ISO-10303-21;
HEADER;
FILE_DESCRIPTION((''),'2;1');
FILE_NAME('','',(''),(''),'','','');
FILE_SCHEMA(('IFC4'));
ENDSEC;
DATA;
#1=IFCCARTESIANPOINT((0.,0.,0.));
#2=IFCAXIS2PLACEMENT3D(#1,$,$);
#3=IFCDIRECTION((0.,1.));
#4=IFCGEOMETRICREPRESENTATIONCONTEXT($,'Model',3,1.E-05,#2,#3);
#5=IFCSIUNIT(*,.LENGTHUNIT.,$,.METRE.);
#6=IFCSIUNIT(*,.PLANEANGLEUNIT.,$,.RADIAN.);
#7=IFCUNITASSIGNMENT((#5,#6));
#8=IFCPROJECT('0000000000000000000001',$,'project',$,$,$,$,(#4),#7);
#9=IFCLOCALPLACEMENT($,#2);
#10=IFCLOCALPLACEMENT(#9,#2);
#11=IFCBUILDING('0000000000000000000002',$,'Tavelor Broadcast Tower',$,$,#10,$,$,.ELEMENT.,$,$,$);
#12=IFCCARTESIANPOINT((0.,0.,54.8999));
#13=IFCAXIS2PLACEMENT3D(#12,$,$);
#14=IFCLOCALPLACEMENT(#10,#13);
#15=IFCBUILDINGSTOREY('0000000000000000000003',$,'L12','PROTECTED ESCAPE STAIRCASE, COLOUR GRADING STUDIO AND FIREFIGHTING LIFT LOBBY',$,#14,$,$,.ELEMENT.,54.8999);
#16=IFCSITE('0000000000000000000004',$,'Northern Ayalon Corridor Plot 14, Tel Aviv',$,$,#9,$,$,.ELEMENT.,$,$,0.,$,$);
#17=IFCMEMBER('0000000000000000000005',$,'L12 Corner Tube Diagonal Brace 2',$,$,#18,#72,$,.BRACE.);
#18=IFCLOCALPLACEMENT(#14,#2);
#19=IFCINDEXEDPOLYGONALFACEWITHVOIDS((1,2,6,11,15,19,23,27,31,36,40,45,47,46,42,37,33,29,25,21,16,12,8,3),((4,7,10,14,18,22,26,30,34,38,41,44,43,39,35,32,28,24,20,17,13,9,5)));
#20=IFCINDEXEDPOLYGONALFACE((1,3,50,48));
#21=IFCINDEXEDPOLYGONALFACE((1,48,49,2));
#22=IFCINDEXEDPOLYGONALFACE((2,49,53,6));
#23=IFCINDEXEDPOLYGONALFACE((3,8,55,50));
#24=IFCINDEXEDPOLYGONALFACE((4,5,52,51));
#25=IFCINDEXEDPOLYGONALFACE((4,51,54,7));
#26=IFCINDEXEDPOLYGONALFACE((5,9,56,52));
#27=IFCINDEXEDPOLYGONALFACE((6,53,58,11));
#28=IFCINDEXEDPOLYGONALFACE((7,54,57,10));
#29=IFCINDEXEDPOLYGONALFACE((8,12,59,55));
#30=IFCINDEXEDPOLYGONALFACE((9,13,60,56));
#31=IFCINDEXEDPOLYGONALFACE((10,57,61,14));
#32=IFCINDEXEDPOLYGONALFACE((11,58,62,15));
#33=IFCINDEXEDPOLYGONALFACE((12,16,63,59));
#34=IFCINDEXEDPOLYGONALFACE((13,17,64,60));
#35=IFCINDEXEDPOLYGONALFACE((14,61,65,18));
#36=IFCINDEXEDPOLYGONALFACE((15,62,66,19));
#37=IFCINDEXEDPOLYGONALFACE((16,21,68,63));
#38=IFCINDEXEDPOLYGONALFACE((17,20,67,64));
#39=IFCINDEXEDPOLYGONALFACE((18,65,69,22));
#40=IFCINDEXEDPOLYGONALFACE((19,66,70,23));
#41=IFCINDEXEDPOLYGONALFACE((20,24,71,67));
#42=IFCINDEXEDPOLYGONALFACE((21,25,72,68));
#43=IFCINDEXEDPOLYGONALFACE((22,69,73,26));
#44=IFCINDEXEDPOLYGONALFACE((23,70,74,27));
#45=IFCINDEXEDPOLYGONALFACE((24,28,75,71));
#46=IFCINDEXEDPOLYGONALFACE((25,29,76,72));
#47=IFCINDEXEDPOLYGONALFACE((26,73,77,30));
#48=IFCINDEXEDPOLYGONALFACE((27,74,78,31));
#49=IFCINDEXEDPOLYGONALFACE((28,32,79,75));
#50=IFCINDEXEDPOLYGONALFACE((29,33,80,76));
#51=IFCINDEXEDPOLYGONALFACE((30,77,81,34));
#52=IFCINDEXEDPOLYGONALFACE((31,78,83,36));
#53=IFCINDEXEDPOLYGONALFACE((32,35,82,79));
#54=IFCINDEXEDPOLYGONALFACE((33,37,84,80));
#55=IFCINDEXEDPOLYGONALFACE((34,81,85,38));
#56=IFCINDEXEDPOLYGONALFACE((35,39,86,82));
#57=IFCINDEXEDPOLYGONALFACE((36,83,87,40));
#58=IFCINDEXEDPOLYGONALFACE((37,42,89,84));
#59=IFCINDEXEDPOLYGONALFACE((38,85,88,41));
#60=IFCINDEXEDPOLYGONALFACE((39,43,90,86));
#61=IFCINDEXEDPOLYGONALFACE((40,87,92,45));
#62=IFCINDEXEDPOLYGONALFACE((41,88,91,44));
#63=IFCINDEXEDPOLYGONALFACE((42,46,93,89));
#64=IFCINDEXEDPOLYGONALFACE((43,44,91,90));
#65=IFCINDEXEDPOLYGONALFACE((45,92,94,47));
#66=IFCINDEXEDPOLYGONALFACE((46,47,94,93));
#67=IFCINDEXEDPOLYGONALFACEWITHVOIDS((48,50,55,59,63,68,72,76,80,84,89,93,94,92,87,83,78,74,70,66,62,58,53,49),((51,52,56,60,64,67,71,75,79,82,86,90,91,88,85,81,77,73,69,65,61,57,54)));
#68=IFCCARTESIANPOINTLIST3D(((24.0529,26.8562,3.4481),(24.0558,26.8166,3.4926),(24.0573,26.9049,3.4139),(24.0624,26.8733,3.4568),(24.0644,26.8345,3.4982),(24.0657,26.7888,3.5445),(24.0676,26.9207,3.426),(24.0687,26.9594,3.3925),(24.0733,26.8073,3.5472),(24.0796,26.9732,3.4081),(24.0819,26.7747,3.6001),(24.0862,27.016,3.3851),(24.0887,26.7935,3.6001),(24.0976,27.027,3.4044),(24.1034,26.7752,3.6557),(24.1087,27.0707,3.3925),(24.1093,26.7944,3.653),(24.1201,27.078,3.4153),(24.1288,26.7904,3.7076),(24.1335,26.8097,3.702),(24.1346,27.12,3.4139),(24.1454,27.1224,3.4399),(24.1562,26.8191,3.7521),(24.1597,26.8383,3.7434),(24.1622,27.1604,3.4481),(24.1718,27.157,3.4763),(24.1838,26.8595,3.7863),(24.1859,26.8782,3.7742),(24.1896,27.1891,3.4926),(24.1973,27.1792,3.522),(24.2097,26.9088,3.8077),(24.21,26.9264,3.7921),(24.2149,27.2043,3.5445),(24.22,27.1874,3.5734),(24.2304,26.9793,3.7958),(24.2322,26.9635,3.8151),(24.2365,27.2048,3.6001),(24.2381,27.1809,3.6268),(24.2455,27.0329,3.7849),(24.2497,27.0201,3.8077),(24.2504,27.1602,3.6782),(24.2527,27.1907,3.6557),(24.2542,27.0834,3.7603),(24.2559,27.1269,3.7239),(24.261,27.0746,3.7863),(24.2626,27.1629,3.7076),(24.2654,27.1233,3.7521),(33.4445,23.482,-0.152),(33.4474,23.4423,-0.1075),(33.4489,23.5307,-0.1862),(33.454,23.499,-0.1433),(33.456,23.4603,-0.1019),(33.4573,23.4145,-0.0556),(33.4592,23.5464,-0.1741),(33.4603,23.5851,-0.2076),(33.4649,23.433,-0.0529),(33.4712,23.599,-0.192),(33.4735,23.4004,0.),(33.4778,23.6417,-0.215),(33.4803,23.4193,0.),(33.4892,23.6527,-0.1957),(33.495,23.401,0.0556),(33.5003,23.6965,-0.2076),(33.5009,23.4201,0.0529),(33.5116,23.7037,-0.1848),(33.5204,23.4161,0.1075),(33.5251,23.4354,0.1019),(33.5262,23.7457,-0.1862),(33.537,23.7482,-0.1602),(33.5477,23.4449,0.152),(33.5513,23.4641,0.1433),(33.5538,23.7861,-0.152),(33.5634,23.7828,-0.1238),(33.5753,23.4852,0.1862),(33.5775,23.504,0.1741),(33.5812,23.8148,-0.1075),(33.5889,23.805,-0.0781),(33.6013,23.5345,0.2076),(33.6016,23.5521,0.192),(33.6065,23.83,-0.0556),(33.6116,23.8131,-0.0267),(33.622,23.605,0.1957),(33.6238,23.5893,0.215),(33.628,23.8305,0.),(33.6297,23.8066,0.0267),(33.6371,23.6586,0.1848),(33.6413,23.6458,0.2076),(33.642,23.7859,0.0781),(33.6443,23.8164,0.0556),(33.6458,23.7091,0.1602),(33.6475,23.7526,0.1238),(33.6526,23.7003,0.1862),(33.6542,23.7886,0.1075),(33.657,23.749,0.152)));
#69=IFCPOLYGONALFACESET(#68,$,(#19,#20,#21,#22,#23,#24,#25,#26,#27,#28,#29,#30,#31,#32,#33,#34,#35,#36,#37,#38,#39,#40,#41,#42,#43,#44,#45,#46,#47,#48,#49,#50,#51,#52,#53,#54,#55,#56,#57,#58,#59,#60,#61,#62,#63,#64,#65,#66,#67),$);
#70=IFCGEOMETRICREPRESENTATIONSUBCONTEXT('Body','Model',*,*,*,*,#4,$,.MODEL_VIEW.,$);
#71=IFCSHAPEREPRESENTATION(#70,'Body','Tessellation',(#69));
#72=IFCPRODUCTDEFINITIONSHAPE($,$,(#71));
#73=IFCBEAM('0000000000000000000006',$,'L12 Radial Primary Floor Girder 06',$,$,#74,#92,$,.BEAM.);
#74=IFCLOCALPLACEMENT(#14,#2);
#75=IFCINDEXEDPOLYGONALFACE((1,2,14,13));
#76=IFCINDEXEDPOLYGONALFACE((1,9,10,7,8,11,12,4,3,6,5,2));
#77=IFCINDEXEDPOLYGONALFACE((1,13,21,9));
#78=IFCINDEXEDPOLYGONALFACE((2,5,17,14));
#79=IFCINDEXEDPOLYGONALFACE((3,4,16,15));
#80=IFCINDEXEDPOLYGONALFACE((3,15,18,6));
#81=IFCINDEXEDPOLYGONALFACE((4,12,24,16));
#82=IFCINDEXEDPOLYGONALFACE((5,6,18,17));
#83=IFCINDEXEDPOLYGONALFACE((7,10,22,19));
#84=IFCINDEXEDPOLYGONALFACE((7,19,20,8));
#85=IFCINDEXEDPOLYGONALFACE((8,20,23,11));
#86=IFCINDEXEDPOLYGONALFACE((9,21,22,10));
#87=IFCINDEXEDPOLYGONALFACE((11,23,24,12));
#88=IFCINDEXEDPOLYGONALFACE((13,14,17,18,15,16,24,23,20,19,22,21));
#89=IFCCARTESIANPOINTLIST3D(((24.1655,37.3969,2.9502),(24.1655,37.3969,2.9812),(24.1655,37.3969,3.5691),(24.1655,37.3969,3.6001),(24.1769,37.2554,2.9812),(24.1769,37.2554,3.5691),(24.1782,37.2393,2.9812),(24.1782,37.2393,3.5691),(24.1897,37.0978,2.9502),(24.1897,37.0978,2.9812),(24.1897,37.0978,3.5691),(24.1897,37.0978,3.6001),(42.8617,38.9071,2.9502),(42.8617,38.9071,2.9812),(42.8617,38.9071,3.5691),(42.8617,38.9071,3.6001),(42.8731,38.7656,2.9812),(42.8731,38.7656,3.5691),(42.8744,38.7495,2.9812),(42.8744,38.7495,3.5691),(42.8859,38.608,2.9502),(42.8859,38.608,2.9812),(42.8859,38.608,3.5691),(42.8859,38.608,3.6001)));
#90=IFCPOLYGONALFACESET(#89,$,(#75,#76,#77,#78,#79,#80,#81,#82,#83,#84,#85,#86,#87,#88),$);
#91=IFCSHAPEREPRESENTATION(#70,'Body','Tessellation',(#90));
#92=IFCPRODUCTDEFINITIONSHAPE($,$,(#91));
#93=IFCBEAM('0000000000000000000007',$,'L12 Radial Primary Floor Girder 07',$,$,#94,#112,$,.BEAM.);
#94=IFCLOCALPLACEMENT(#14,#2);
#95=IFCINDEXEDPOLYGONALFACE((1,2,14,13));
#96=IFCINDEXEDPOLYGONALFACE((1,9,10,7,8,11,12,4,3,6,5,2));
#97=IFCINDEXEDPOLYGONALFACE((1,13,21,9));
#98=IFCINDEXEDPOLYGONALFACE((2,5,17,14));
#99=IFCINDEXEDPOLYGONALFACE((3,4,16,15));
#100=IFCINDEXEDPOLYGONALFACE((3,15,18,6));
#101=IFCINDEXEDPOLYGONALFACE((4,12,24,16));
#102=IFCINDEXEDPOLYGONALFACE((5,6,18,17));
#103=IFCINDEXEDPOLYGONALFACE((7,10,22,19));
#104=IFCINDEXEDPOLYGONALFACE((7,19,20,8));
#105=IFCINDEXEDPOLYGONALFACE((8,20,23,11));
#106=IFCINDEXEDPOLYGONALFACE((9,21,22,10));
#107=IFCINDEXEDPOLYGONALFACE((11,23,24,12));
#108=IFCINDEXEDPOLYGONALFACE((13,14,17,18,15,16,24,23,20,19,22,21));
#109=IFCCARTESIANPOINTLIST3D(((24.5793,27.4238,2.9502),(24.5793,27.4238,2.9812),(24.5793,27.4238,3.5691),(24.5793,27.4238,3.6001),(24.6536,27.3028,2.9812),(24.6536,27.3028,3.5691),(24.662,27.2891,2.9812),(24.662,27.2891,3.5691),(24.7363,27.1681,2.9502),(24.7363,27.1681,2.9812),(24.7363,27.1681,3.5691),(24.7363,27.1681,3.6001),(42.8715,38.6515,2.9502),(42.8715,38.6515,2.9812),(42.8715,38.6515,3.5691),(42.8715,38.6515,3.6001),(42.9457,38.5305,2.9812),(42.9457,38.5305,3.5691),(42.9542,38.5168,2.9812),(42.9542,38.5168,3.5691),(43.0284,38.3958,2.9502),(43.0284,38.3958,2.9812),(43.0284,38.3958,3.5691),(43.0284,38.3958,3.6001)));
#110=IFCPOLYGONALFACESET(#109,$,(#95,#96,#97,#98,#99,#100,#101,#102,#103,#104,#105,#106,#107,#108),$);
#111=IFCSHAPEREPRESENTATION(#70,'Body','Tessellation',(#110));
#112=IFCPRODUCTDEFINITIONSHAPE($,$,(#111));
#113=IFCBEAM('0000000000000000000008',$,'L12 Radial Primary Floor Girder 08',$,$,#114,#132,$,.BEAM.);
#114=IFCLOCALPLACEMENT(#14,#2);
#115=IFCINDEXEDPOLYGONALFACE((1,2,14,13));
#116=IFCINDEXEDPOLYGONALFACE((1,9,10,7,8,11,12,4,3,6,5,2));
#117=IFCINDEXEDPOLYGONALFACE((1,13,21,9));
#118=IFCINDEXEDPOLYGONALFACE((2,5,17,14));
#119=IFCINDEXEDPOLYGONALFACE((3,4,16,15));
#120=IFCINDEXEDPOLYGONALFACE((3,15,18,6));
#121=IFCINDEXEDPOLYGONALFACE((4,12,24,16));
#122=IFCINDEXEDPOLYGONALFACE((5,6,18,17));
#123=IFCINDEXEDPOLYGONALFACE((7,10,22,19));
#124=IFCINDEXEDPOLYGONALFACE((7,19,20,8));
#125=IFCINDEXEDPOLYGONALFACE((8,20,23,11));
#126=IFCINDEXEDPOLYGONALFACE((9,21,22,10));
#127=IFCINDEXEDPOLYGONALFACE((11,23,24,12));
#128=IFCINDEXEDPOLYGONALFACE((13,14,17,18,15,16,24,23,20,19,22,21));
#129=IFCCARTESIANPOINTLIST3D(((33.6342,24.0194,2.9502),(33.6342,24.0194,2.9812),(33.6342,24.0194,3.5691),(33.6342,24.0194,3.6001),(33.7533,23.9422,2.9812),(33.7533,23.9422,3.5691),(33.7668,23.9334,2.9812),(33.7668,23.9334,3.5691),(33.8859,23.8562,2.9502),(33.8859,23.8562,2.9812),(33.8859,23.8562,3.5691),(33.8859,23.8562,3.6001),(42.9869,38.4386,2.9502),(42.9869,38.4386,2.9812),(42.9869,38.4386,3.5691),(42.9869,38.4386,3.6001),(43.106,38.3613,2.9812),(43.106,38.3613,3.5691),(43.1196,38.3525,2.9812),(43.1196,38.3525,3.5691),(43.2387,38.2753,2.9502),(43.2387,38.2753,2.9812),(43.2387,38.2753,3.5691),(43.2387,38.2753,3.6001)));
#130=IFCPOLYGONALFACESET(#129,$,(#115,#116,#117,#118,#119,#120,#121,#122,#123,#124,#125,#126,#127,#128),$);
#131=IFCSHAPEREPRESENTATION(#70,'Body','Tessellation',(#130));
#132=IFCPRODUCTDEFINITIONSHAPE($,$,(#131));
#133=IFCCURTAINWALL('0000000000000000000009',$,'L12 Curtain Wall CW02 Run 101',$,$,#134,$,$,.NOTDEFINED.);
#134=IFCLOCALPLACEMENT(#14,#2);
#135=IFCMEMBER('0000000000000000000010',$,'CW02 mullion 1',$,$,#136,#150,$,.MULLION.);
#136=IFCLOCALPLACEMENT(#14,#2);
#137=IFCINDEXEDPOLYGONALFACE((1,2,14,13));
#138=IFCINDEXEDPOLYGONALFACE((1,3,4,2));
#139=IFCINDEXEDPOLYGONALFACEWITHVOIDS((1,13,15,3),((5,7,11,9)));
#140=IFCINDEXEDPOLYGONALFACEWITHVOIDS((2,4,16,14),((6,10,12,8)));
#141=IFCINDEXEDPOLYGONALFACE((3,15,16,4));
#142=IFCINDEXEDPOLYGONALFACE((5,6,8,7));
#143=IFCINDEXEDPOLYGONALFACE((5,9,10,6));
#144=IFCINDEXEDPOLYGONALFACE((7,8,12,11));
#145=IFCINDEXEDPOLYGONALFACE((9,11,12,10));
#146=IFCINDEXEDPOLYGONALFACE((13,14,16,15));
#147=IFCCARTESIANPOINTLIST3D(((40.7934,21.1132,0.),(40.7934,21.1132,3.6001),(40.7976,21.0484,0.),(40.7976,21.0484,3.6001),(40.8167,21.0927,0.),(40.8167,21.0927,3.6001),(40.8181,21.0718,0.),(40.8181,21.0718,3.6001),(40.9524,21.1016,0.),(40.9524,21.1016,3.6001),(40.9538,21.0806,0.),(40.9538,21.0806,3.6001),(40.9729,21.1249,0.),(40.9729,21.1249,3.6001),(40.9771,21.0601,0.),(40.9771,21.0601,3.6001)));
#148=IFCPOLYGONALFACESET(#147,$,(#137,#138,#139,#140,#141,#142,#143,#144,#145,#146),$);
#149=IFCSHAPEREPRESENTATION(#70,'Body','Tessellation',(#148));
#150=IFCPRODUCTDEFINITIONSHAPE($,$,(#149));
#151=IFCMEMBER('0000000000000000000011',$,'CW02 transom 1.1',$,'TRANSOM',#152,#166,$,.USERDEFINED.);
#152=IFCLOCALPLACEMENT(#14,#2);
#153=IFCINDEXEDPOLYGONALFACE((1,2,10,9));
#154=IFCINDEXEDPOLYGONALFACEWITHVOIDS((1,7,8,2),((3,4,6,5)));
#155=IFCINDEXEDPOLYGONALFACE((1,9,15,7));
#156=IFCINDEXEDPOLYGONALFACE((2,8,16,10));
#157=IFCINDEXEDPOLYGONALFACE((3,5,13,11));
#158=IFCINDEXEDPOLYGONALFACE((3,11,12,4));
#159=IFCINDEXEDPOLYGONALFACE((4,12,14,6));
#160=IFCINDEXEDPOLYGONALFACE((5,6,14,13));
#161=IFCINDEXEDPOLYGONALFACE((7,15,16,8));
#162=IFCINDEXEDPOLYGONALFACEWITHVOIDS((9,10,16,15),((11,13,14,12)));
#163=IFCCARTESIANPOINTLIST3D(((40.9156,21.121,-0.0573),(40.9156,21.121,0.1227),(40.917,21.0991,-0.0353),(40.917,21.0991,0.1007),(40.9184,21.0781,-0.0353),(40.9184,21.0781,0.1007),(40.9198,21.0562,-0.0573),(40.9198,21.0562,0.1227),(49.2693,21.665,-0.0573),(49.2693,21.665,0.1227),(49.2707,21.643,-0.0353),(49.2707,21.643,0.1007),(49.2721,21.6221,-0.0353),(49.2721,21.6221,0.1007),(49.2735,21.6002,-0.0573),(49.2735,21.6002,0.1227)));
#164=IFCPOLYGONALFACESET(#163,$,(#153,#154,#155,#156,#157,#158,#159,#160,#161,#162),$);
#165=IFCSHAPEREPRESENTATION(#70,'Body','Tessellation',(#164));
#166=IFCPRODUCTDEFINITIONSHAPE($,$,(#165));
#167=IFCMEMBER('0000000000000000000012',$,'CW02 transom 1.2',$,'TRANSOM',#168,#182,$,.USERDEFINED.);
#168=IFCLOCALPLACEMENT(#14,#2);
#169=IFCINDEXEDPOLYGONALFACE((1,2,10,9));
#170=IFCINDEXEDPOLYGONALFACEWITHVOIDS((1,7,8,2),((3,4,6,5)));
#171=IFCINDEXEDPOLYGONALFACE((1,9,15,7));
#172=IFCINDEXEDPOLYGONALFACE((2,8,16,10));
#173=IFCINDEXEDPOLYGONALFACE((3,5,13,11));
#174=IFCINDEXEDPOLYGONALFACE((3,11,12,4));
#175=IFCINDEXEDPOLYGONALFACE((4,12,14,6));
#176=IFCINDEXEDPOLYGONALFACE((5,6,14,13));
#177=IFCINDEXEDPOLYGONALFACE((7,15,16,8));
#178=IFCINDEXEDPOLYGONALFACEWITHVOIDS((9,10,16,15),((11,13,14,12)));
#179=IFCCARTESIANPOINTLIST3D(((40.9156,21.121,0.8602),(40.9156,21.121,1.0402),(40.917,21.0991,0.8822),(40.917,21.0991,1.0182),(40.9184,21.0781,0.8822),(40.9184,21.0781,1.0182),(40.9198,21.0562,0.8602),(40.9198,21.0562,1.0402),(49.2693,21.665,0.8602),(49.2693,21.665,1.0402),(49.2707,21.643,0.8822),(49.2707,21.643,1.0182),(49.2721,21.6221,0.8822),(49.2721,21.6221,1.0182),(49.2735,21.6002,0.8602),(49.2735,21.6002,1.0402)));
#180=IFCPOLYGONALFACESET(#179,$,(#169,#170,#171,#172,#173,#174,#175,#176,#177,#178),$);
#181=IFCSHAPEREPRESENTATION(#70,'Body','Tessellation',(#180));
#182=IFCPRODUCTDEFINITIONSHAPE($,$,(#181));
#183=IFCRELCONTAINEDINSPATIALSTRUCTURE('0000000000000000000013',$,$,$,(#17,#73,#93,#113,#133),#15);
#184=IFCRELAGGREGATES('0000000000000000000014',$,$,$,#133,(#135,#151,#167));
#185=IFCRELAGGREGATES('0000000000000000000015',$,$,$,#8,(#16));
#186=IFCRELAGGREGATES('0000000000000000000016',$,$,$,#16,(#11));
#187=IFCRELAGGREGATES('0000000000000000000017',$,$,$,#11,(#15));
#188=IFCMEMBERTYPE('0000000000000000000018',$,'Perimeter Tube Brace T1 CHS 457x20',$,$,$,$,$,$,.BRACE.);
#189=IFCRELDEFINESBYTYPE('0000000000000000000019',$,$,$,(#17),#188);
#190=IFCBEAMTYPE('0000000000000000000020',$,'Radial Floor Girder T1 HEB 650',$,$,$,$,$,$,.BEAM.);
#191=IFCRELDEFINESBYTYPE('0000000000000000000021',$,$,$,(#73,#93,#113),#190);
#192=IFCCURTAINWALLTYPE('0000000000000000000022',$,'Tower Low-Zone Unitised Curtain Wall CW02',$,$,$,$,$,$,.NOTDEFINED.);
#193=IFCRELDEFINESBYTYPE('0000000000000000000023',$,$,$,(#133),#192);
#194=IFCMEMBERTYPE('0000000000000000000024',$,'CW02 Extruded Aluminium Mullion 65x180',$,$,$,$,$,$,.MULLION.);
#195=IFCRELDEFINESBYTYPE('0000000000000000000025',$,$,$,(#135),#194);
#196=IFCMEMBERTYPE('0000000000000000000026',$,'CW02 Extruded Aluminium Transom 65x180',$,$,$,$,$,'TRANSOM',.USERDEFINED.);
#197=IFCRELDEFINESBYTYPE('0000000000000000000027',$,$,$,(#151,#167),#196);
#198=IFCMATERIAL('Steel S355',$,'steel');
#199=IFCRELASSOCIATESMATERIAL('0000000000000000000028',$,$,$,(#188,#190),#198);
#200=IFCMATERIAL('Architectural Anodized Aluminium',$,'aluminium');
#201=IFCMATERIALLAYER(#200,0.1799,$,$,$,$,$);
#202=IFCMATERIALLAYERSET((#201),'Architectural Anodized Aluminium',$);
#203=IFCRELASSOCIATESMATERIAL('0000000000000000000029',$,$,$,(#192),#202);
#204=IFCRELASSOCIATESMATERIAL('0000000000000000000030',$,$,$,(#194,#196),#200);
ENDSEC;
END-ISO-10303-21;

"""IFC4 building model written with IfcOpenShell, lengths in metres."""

from ifc_helpers import new_model, si_unit, direction, frame, origin, origin_2d, place, context, subcontext, project, spatial, hollow_rectangle, hollow_circle, i_section, extrude, source, transform, mapped, material, layer, layer_set, material_profile, profile_set, type_object, type_shapes, element, aggregate, save


model = new_model("IFC4")

# Units and contexts
model_context = context("Model", 3, precision=1e-05, world=origin(), true_north=direction((0.0, 1.0)))
body_context = subcontext(model_context, "Body", "Model", "MODEL_VIEW")
ifc_project = project(units=[si_unit("LENGTHUNIT", "METRE"), si_unit("PLANEANGLEUNIT", "RADIAN")], contexts=[model_context])

# Site, building, storey
site_placement = place(None, origin())
site = spatial("IfcSite", under=ifc_project, at=site_placement, Name="Northern Ayalon Corridor Plot 14, Tel Aviv", CompositionType="ELEMENT", RefElevation=0.0)
building_placement = place(site_placement, origin())
building = spatial("IfcBuilding", under=site, at=building_placement, Name="Tavelor Broadcast Tower", CompositionType="ELEMENT")
storey_placement = place(building_placement, frame((0.0, 0.0, 54.8999)))
storey = spatial("IfcBuildingStorey", under=building, at=storey_placement, Name="L12", Description="PROTECTED ESCAPE STAIRCASE, COLOUR GRADING STUDIO AND FIREFIGHTING LIFT LOBBY", CompositionType="ELEMENT", Elevation=54.8999)

# Shared definitions
ifc_material_1 = material(Name="Steel S355", Category="steel")

# Member
ifc_material_profile_1 = material_profile(ifc_material_1, hollow_circle(Radius=0.2285, WallThickness=0.02, at=origin_2d()), Name="CHS 457x20")
ifc_profile_set_1 = profile_set([ifc_material_profile_1], Name="Steel S355")
member_type_1 = type_object("IfcMemberType", Name="Perimeter Tube Brace T1 CHS 457x20", PredefinedType="BRACE", material=ifc_profile_set_1)
member_1_placement = place(storey_placement, frame((33.5508, 23.6155, 0.0), z_axis=(-0.885258, 0.31806, 0.339347), x_axis=(-0.338124, -0.941101, 0.0)))
element("IfcMember", 1, at=member_1_placement, inside=storey, type_object=member_type_1, Name="L12 Corner Tube Diagonal Brace 2", PredefinedType="BRACE", context=body_context, shape_type="SweptSolid", body=[
    extrude(hollow_circle(Radius=0.2285, WallThickness=0.02, at=origin_2d()), origin(), (0.0, 0.0, 1.0), 10.6089),
])

# Beams
ifc_material_profile_2 = material_profile(ifc_material_1, i_section(OverallWidth=0.3, OverallDepth=0.6499, WebThickness=0.0161, FlangeThickness=0.031, at=origin_2d()), Name="HEB 650")
ifc_profile_set_2 = profile_set([ifc_material_profile_2], Name="Steel S355")
beam_type_1 = type_object("IfcBeamType", Name="Radial Floor Girder T1 HEB 650", PredefinedType="BEAM", material=ifc_profile_set_2)
beam_1_placement = place(storey_placement, frame((42.8738, 38.7576, 3.2751), z_axis=(-0.996753, -0.080516, 0.0), x_axis=(0.080516, -0.996753, 0.0)))
element("IfcBeam", 2, at=beam_1_placement, inside=storey, type_object=beam_type_1, Name="L12 Radial Primary Floor Girder 06", PredefinedType="BEAM", context=body_context, shape_type="SweptSolid", body=[
    extrude(i_section(OverallWidth=0.3, OverallDepth=0.6499, WebThickness=0.0161, FlangeThickness=0.031, at=origin_2d()), origin(), (0.0, 0.0, 1.0), 18.7571),
])
beam_2_placement = place(storey_placement, frame((42.95, 38.5237, 3.2751), z_axis=(-0.85226, -0.523118, 0.0), x_axis=(0.523118, -0.85226, 0.0)))
element("IfcBeam", 3, at=beam_2_placement, inside=storey, type_object=beam_type_1, Name="L12 Radial Primary Floor Girder 07", PredefinedType="BEAM", context=body_context, shape_type="SweptSolid", body=[
    extrude(i_section(OverallWidth=0.3, OverallDepth=0.6499, WebThickness=0.0161, FlangeThickness=0.031, at=origin_2d()), origin(), (0.0, 0.0, 1.0), 21.4631),
])
beam_3_placement = place(storey_placement, frame((43.1128, 38.3569, 3.2751), z_axis=(-0.544183, -0.838967, 0.0), x_axis=(0.838967, -0.544183, 0.0)))
element("IfcBeam", 4, at=beam_3_placement, inside=storey, type_object=beam_type_1, Name="L12 Radial Primary Floor Girder 08", PredefinedType="BEAM", context=body_context, shape_type="SweptSolid", body=[
    extrude(i_section(OverallWidth=0.3, OverallDepth=0.6499, WebThickness=0.0161, FlangeThickness=0.031, at=origin_2d()), origin(), (0.0, 0.0, 1.0), 17.1868),
])

# Curtain wall, members
ifc_material_2 = material(Name="Architectural Anodized Aluminium", Category="aluminium")
ifc_layer_1 = layer(ifc_material_2, 0.1799)
ifc_layer_set_1 = layer_set([ifc_layer_1], Name="Architectural Anodized Aluminium")
curtain_wall_type = type_object("IfcCurtainWallType", Name="Tower Low-Zone Unitised Curtain Wall CW02", PredefinedType="NOTDEFINED", material=ifc_layer_set_1)
curtain_wall_placement = place(storey_placement, origin())
curtain_wall = element("IfcCurtainWall", 5, at=curtain_wall_placement, inside=storey, type_object=curtain_wall_type, Name="L12 Curtain Wall CW02 Run 101", PredefinedType="NOTDEFINED")
ifc_material_profile_3 = material_profile(ifc_material_2, hollow_rectangle(XDim=0.0649, YDim=0.1799, WallThickness=0.022, at=origin_2d()), Name="RHS 65x180x22")
ifc_profile_set_3 = profile_set([ifc_material_profile_3], Name="Architectural Anodized Aluminium")
member_type_2 = type_object("IfcMemberType", Name="CW02 Extruded Aluminium Mullion 65x180", PredefinedType="MULLION", material=ifc_profile_set_3)
shared_shape_1 = source(origin(), body_context, "Body", "SweptSolid", [
    extrude(hollow_rectangle(XDim=0.0649, YDim=0.1799, WallThickness=0.022, at=origin_2d()), origin(), (0.0, 0.0, 1.0), 3.6001),
])
type_shapes(member_type_2, [shared_shape_1])
member_2_placement = place(storey_placement, frame((40.8853, 21.0867, 0.0), z_axis=(0.0, 0.0, 1.0), x_axis=(-0.064965, 0.997888, 0.0)))
member_2 = element("IfcMember", 6, at=member_2_placement, type_object=member_type_2, Name="CW02 mullion 1", PredefinedType="MULLION", context=body_context, shape_type="MappedRepresentation", body=[
    mapped(shared_shape_1, transform((0.0, 0.0, 0.0), scale=1.0)),
])
ifc_material_profile_4 = material_profile(ifc_material_2, hollow_rectangle(XDim=0.0649, YDim=0.1799, WallThickness=0.022, at=origin_2d()), Name="RHS 65x180x22")
ifc_profile_set_4 = profile_set([ifc_material_profile_4], Name="Architectural Anodized Aluminium")
member_type_3 = type_object("IfcMemberType", Name="CW02 Extruded Aluminium Transom 65x180", ElementType="TRANSOM", PredefinedType="USERDEFINED", material=ifc_profile_set_4)
shared_shape_2 = source(origin(), body_context, "Body", "SweptSolid", [
    extrude(hollow_rectangle(XDim=0.0649, YDim=0.1799, WallThickness=0.022, at=origin_2d()), origin(), (0.0, 0.0, 1.0), 8.3713),
])
type_shapes(member_type_3, [shared_shape_2])
member_3_placement = place(storey_placement, frame((40.9177, 21.0886, 0.0327), z_axis=(0.997887, 0.064976, 0.0), x_axis=(-0.064976, 0.997887, 0.0)))
member_3 = element("IfcMember", 7, at=member_3_placement, type_object=member_type_3, Name="CW02 transom 1.1", ObjectType="TRANSOM", PredefinedType="USERDEFINED", context=body_context, shape_type="MappedRepresentation", body=[
    mapped(shared_shape_2, transform((0.0, 0.0, 0.0), scale=1.0)),
])
member_4_placement = place(storey_placement, frame((40.9177, 21.0886, 0.9502), z_axis=(0.997887, 0.064976, 0.0), x_axis=(-0.064976, 0.997887, 0.0)))
member_4 = element("IfcMember", 8, at=member_4_placement, type_object=member_type_3, Name="CW02 transom 1.2", ObjectType="TRANSOM", PredefinedType="USERDEFINED", context=body_context, shape_type="MappedRepresentation", body=[
    mapped(shared_shape_2, transform((0.0, 0.0, 0.0), scale=1.0)),
])
aggregate(curtain_wall, [member_2, member_3, member_4])

save(model, "model.ifc")
